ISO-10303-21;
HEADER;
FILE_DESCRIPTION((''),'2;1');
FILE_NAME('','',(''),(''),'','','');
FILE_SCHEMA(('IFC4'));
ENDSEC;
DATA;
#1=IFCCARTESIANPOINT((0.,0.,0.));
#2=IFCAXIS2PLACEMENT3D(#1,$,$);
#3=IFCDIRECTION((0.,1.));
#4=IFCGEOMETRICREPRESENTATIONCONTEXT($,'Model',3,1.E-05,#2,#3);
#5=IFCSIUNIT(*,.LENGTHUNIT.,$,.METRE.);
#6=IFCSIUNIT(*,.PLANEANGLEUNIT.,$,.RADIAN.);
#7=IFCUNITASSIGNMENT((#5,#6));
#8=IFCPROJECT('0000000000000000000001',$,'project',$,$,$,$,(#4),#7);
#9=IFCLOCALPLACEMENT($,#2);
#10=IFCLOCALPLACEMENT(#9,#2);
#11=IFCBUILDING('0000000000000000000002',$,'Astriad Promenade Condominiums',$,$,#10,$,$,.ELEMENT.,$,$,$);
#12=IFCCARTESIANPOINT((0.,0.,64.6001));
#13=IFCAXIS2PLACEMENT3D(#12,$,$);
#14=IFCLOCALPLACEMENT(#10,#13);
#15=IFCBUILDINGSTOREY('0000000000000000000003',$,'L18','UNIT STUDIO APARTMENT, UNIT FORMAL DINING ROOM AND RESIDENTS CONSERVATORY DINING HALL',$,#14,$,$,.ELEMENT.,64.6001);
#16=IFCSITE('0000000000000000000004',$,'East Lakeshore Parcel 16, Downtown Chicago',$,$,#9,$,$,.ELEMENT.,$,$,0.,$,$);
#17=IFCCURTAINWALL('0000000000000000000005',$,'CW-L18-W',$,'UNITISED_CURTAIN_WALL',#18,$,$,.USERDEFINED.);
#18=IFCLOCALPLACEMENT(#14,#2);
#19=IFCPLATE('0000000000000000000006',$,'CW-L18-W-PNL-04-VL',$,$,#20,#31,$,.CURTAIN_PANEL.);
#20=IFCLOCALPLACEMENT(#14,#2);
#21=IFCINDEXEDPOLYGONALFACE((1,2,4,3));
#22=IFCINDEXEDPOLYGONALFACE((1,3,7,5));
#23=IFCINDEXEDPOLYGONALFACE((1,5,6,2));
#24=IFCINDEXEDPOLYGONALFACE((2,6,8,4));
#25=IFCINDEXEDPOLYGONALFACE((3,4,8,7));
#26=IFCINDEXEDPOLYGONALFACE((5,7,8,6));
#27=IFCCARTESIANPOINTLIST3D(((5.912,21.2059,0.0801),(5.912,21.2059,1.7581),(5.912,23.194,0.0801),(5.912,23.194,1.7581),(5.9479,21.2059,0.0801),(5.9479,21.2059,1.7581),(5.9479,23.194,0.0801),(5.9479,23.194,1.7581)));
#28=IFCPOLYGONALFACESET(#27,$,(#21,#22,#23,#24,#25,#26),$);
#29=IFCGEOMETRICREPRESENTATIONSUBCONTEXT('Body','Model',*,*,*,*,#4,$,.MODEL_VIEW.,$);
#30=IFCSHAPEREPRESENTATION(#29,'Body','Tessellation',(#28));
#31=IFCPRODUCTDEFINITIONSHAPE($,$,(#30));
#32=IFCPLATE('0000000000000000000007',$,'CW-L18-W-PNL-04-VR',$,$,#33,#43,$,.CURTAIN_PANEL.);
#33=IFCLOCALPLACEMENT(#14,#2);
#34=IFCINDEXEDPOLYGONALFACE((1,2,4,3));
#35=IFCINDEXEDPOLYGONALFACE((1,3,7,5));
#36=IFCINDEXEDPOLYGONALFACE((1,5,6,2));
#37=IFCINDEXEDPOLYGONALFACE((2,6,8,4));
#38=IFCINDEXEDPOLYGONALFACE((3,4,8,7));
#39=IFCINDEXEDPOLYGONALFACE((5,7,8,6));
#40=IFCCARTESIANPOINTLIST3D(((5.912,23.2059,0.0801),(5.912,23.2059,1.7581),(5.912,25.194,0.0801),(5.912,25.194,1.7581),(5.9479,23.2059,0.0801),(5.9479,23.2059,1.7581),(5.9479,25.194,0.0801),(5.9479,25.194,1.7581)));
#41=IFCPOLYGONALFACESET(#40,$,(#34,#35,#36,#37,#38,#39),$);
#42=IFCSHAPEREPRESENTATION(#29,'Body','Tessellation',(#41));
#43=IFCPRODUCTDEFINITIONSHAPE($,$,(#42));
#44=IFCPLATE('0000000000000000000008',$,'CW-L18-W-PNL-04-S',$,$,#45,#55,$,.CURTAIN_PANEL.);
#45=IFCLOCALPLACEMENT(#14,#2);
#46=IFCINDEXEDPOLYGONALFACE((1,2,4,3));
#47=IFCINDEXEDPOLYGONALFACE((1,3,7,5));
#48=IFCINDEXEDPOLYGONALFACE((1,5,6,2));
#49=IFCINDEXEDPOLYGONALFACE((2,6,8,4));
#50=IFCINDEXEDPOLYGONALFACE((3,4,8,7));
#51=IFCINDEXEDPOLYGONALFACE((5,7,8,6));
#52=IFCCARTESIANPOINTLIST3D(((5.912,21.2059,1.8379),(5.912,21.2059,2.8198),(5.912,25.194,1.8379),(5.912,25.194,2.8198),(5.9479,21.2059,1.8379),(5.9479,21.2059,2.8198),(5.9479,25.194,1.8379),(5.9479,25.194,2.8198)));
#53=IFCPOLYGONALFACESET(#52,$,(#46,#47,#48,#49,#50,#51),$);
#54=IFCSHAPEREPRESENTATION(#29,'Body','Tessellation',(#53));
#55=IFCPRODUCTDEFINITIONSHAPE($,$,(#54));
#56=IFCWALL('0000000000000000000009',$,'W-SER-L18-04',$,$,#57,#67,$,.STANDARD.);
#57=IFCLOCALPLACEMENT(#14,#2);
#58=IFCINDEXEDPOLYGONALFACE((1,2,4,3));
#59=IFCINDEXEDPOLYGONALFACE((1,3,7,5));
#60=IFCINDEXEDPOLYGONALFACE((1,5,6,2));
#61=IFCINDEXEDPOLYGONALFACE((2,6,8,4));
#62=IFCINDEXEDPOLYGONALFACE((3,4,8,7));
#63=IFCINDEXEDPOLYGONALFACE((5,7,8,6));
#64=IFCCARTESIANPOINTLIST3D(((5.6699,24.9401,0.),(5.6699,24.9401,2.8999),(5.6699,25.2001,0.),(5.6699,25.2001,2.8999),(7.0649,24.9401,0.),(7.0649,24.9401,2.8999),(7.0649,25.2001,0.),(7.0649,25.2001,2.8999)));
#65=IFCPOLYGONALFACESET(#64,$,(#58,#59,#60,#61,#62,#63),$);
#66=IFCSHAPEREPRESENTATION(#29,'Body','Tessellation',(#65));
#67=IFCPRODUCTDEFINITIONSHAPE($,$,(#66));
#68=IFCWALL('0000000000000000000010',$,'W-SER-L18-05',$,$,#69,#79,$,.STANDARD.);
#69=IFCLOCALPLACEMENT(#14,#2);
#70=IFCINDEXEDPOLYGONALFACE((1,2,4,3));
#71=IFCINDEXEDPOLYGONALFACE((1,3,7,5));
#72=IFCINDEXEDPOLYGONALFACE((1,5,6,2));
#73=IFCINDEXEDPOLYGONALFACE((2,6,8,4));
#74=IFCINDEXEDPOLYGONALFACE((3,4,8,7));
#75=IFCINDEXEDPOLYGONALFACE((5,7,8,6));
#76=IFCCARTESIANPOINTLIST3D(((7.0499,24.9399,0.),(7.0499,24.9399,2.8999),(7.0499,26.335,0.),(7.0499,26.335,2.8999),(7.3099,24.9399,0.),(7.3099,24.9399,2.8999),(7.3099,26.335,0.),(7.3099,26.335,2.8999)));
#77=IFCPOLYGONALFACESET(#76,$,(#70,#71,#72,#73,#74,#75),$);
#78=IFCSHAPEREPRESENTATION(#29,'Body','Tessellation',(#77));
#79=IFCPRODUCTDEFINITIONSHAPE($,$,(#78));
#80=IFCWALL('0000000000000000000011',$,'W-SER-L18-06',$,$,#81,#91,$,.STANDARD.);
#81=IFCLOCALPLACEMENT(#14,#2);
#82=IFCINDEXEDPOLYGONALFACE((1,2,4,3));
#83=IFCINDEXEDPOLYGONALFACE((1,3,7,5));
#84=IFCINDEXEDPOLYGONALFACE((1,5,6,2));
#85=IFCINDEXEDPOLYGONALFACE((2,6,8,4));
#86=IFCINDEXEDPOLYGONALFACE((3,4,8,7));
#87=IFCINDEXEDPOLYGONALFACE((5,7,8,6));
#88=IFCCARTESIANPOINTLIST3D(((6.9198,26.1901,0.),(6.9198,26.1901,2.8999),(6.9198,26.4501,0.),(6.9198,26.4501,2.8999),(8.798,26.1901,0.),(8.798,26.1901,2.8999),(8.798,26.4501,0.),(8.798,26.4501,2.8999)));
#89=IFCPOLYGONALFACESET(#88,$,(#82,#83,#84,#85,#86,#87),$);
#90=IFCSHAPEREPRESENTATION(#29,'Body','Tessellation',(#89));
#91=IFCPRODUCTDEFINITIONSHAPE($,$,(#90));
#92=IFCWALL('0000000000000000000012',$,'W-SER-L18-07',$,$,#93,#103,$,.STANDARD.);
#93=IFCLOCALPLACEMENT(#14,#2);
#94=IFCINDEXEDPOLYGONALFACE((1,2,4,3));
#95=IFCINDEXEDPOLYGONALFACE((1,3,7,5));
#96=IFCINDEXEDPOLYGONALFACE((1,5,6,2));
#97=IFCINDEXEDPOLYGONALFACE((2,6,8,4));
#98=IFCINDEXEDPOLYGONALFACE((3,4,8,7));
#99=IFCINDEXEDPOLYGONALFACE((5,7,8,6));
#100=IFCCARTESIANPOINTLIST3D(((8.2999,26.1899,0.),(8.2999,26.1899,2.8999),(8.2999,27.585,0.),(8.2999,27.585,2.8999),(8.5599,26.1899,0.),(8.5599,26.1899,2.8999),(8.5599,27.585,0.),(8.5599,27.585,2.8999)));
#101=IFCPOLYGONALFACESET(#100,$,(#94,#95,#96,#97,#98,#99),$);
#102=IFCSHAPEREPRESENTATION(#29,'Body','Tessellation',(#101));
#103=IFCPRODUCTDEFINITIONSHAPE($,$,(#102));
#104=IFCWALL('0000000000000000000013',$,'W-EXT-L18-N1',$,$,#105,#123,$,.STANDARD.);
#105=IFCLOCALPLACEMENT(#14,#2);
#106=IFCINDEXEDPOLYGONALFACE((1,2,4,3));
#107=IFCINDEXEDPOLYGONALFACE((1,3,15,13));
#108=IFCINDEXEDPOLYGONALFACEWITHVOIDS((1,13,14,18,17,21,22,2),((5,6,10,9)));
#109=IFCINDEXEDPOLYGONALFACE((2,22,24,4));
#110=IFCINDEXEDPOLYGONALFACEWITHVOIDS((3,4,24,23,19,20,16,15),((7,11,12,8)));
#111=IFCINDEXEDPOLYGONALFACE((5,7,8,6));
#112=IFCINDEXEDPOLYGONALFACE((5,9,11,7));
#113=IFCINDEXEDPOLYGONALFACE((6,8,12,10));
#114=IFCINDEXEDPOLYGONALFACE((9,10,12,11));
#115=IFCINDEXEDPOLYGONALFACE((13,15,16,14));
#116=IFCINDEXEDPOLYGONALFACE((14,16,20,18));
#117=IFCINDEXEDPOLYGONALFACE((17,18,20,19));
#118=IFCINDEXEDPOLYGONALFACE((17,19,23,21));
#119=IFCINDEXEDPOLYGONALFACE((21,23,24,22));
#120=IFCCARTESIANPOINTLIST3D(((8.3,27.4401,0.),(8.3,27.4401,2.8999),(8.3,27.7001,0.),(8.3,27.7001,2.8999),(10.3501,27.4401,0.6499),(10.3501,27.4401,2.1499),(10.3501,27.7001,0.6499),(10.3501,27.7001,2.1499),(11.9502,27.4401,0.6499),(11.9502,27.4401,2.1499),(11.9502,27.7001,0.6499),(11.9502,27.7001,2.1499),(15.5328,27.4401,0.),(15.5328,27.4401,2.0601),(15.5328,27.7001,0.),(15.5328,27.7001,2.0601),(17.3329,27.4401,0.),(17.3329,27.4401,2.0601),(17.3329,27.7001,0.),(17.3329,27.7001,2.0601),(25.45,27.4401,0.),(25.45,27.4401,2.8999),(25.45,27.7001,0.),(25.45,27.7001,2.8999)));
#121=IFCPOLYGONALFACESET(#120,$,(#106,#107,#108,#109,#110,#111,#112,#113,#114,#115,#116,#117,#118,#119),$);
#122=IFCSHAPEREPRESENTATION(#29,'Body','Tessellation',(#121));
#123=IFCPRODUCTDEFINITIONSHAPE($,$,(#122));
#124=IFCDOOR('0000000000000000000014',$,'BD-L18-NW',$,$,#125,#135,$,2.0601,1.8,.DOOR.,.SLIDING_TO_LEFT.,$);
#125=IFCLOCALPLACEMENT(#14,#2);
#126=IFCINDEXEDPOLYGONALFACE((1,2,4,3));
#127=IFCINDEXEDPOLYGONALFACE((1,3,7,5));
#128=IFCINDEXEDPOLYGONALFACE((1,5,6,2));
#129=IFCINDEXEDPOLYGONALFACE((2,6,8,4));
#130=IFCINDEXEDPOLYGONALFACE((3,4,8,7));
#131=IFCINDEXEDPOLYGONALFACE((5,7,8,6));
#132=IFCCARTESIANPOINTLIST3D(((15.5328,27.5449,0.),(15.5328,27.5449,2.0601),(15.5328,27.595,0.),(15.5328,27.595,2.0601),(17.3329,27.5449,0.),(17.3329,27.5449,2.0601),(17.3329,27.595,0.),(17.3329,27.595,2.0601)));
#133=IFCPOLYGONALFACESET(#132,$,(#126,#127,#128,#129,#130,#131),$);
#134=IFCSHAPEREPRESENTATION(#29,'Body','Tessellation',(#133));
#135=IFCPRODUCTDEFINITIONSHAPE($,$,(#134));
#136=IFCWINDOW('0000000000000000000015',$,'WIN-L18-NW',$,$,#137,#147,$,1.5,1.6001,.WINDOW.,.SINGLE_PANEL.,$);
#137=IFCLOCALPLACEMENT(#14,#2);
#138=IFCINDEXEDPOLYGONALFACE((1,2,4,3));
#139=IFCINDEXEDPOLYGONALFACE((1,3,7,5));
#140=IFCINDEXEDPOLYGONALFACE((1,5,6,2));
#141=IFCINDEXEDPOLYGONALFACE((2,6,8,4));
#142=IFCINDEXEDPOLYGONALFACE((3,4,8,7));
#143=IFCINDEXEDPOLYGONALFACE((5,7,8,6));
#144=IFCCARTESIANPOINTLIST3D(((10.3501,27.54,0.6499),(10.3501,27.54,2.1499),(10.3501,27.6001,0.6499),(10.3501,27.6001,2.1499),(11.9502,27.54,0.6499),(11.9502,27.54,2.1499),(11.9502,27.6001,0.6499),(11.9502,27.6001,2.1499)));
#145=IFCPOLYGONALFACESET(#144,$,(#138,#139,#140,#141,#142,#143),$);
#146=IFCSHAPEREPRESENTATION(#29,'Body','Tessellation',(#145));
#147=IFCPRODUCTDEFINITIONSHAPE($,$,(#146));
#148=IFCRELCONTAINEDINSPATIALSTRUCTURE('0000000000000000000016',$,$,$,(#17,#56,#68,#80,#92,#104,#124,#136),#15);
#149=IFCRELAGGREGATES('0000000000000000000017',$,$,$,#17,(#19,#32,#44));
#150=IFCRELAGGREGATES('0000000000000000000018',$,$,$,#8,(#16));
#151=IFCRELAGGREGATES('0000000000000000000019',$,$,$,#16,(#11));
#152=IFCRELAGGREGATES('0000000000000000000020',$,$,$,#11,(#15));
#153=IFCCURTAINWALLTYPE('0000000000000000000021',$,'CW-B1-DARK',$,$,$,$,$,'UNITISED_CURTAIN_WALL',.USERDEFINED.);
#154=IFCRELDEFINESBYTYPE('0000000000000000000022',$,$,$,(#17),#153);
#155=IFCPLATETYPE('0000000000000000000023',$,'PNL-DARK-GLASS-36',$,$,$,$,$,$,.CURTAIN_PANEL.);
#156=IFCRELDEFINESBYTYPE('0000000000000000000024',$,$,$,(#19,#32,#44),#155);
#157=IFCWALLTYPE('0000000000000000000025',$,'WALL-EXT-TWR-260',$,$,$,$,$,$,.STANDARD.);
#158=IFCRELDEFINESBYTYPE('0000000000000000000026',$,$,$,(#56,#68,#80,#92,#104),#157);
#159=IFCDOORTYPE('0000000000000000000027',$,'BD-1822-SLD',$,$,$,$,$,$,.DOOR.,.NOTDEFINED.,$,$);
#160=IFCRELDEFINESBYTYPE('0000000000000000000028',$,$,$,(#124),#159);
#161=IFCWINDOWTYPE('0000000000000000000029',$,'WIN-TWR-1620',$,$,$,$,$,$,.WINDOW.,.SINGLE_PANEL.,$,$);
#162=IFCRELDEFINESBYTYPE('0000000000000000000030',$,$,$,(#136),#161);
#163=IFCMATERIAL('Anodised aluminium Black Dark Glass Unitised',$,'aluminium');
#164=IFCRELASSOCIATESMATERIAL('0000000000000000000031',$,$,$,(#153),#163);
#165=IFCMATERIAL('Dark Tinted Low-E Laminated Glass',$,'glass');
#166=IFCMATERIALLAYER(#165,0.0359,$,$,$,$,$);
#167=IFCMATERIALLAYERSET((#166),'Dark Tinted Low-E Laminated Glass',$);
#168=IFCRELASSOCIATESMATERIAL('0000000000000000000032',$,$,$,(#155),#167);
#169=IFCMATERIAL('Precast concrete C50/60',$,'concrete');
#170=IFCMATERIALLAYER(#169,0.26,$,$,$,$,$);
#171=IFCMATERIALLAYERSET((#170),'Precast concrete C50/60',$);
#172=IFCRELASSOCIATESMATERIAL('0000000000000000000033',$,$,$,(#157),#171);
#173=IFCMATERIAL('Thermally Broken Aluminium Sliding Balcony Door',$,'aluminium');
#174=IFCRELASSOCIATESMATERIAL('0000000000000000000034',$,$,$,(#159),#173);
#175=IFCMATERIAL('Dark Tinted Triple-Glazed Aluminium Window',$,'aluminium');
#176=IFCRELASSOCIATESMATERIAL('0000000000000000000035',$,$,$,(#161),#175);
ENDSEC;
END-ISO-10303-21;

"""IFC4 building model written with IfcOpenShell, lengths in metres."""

from ifc_helpers import new_model, si_unit, direction, frame, frame_2d, origin, origin_2d, place, context, subcontext, project, spatial, rectangle, extrude, source, transform, mapped, material, layer, layer_set, type_object, type_shapes, element, fill, aggregate, save


model = new_model("IFC4")

# Units and contexts
model_context = context("Model", 3, precision=1e-05, world=origin(), true_north=direction((0.0, 1.0)))
body_context = subcontext(model_context, "Body", "Model", "MODEL_VIEW")
ifc_project = project(units=[si_unit("LENGTHUNIT", "METRE"), si_unit("PLANEANGLEUNIT", "RADIAN")], contexts=[model_context])

# Site, building, storey
site_placement = place(None, origin())
site = spatial("IfcSite", under=ifc_project, at=site_placement, Name="East Lakeshore Parcel 16, Downtown Chicago", CompositionType="ELEMENT", RefElevation=0.0)
building_placement = place(site_placement, origin())
building = spatial("IfcBuilding", under=site, at=building_placement, Name="Astriad Promenade Condominiums", CompositionType="ELEMENT")
storey_placement = place(building_placement, frame((0.0, 0.0, 64.6001)))
storey = spatial("IfcBuildingStorey", under=building, at=storey_placement, Name="L18", Description="UNIT STUDIO APARTMENT, UNIT FORMAL DINING ROOM AND RESIDENTS CONSERVATORY DINING HALL", CompositionType="ELEMENT", Elevation=64.6001)

# Curtain wall, plates
ifc_material_1 = material(Name="Anodised aluminium Black Dark Glass Unitised", Category="aluminium")
curtain_wall_type = type_object("IfcCurtainWallType", Name="CW-B1-DARK", ElementType="UNITISED_CURTAIN_WALL", PredefinedType="USERDEFINED", material=ifc_material_1)
curtain_wall_placement = place(storey_placement, origin())
curtain_wall = element("IfcCurtainWall", 1, at=curtain_wall_placement, inside=storey, type_object=curtain_wall_type, Name="CW-L18-W", ObjectType="UNITISED_CURTAIN_WALL", PredefinedType="USERDEFINED")
ifc_material_2 = material(Name="Dark Tinted Low-E Laminated Glass", Category="glass")
ifc_layer_1 = layer(ifc_material_2, 0.0359)
ifc_layer_set_1 = layer_set([ifc_layer_1], Name="Dark Tinted Low-E Laminated Glass")
plate_type = type_object("IfcPlateType", Name="PNL-DARK-GLASS-36", PredefinedType="CURTAIN_PANEL", material=ifc_layer_set_1)
shared_shape_1 = source(origin(), body_context, "Body", "SweptSolid", [
    extrude(rectangle(XDim=1.988, YDim=0.0359, at=origin_2d()), origin(), (0.0, 0.0, 1.0), 1.678),
])
plate_1_placement = place(storey_placement, frame((5.9299, 22.2, 0.0801), z_axis=(0.0, 0.0, 1.0), x_axis=(0.0, 1.0, 0.0)))
plate_1 = element("IfcPlate", 2, at=plate_1_placement, type_object=plate_type, Name="CW-L18-W-PNL-04-VL", PredefinedType="CURTAIN_PANEL", context=body_context, shape_type="MappedRepresentation", body=[
    mapped(shared_shape_1, transform((0.0, 0.0, 0.0), scale=1.0)),
])
plate_2_placement = place(storey_placement, frame((5.9299, 24.2, 0.0801), z_axis=(0.0, 0.0, 1.0), x_axis=(0.0, 1.0, 0.0)))
plate_2 = element("IfcPlate", 3, at=plate_2_placement, type_object=plate_type, Name="CW-L18-W-PNL-04-VR", PredefinedType="CURTAIN_PANEL", context=body_context, shape_type="MappedRepresentation", body=[
    mapped(shared_shape_1, transform((0.0, 0.0, 0.0), scale=1.0)),
])
shared_shape_2 = source(origin(), body_context, "Body", "SweptSolid", [
    extrude(rectangle(XDim=3.988, YDim=0.0359, at=origin_2d()), origin(), (0.0, 0.0, 1.0), 0.9819),
])
type_shapes(plate_type, [shared_shape_1, shared_shape_2])
plate_3_placement = place(storey_placement, frame((5.9299, 23.2, 1.8379), z_axis=(0.0, 0.0, 1.0), x_axis=(0.0, 1.0, 0.0)))
plate_3 = element("IfcPlate", 4, at=plate_3_placement, type_object=plate_type, Name="CW-L18-W-PNL-04-S", PredefinedType="CURTAIN_PANEL", context=body_context, shape_type="MappedRepresentation", body=[
    mapped(shared_shape_2, transform((0.0, 0.0, 0.0), scale=1.0)),
])
aggregate(curtain_wall, [plate_1, plate_2, plate_3])

# Walls
ifc_material_3 = material(Name="Precast concrete C50/60", Category="concrete")
ifc_layer_2 = layer(ifc_material_3, 0.26)
ifc_layer_set_2 = layer_set([ifc_layer_2], Name="Precast concrete C50/60")
wall_type_1 = type_object("IfcWallType", Name="WALL-EXT-TWR-260", PredefinedType="STANDARD", material=ifc_layer_set_2)
for number, where, z_axis, x_axis, name in (
    (5, (5.6699, 25.0701, 0.0), (0.0, 0.0, 1.0), (1.0, 0.0, 0.0), "W-SER-L18-04"),
    (6, (7.1799, 24.9399, 0.0), (0.0, 0.0, 1.0), (0.0, 1.0, 0.0), "W-SER-L18-05"),
):
    element("IfcWall", number, at=place(storey_placement, frame(where, z_axis=z_axis, x_axis=x_axis)), inside=storey, type_object=wall_type_1, Name=name, PredefinedType="STANDARD", context=body_context, shape_type="SweptSolid", body=[
        extrude(rectangle(XDim=1.395, YDim=0.26, at=frame_2d((0.6975, 0.0))), origin(), (0.0, 0.0, 1.0), 2.8999),
    ])
wall_1_placement = place(storey_placement, frame((6.9199, 26.3201, 0.0), z_axis=(0.0, 0.0, 1.0), x_axis=(1.0, 0.0, 0.0)))
element("IfcWall", 7, at=wall_1_placement, inside=storey, type_object=wall_type_1, Name="W-SER-L18-06", PredefinedType="STANDARD", context=body_context, shape_type="SweptSolid", body=[
    extrude(rectangle(XDim=1.8782, YDim=0.26, at=frame_2d((0.939, 0.0))), origin(), (0.0, 0.0, 1.0), 2.8999),
])
wall_2_placement = place(storey_placement, frame((8.4299, 26.1899, 0.0), z_axis=(0.0, 0.0, 1.0), x_axis=(0.0, 1.0, 0.0)))
element("IfcWall", 8, at=wall_2_placement, inside=storey, type_object=wall_type_1, Name="W-SER-L18-07", PredefinedType="STANDARD", context=body_context, shape_type="SweptSolid", body=[
    extrude(rectangle(XDim=1.395, YDim=0.26, at=frame_2d((0.6975, 0.0))), origin(), (0.0, 0.0, 1.0), 2.8999),
])

# Wall, openings, door, window
wall_3_placement = place(storey_placement, frame((8.3, 27.5701, 0.0), z_axis=(0.0, 0.0, 1.0), x_axis=(1.0, 0.0, 0.0)))
wall_3 = element("IfcWall", 9, at=wall_3_placement, inside=storey, type_object=wall_type_1, Name="W-EXT-L18-N1", PredefinedType="STANDARD", context=body_context, shape_type="SweptSolid", body=[
    extrude(rectangle(XDim=17.1499, YDim=0.26, at=frame_2d((8.575, 0.0))), origin(), (0.0, 0.0, 1.0), 2.8999),
])
opening_1_placement = place(wall_3_placement, frame((7.2329, 0.0, 0.0)))
opening_1 = element("IfcOpeningElement", 10, at=opening_1_placement, cuts=wall_3, PredefinedType="OPENING", context=body_context, shape_type="SweptSolid", body=[
    extrude(rectangle(XDim=1.8, YDim=2.0601, at=frame_2d((0.8999, 1.03))), frame((0.0, 0.1399, 0.0), z_axis=(0.0, -1.0, 0.0), x_axis=(1.0, 0.0, 0.0)), (0.0, 0.0, 1.0), 0.28),
])
opening_2_placement = place(wall_3_placement, frame((2.05, 0.0, 0.6499)))
opening_2 = element("IfcOpeningElement", 11, at=opening_2_placement, cuts=wall_3, PredefinedType="OPENING", context=body_context, shape_type="SweptSolid", body=[
    extrude(rectangle(XDim=1.6001, YDim=1.5, at=frame_2d((0.8, 0.75))), frame((0.0, 0.1399, 0.0), z_axis=(0.0, -1.0, 0.0), x_axis=(1.0, 0.0, 0.0)), (0.0, 0.0, 1.0), 0.28),
])
ifc_material_4 = material(Name="Thermally Broken Aluminium Sliding Balcony Door", Category="aluminium")
door_type_1 = type_object("IfcDoorType", Name="BD-1822-SLD", OperationType="NOTDEFINED", PredefinedType="DOOR", material=ifc_material_4)
shared_shape_3 = source(origin(), body_context, "Body", "SweptSolid", [
    extrude(rectangle(XDim=1.8, YDim=2.0601, at=frame_2d((0.8999, 1.03))), frame((0.0, 0.0249, 0.0), z_axis=(0.0, -1.0, 0.0), x_axis=(1.0, 0.0, 0.0)), (0.0, 0.0, 1.0), 0.05),
])
type_shapes(door_type_1, [shared_shape_3])
door_1_placement = place(opening_1_placement, origin())
door_1 = element("IfcDoor", 12, at=door_1_placement, inside=storey, type_object=door_type_1, Name="BD-L18-NW", OperationType="SLIDING_TO_LEFT", OverallHeight=2.0601, OverallWidth=1.8, PredefinedType="DOOR", context=body_context, shape_type="MappedRepresentation", body=[
    mapped(shared_shape_3, transform((0.0, 0.0, 0.0), scale=1.0)),
])
fill(opening_1, door_1)
ifc_material_5 = material(Name="Dark Tinted Triple-Glazed Aluminium Window", Category="aluminium")
window_type = type_object("IfcWindowType", Name="WIN-TWR-1620", PartitioningType="SINGLE_PANEL", PredefinedType="WINDOW", material=ifc_material_5)
shared_shape_4 = source(origin(), body_context, "Body", "SweptSolid", [
    extrude(rectangle(XDim=1.6001, YDim=1.5, at=frame_2d((0.8, 0.75))), frame((0.0, 0.03, 0.0), z_axis=(0.0, -1.0, 0.0), x_axis=(1.0, 0.0, 0.0)), (0.0, 0.0, 1.0), 0.0601),
])
type_shapes(window_type, [shared_shape_4])
window_placement = place(opening_2_placement, origin())
window = element("IfcWindow", 13, at=window_placement, inside=storey, type_object=window_type, Name="WIN-L18-NW", OverallHeight=1.5, OverallWidth=1.6001, PartitioningType="SINGLE_PANEL", PredefinedType="WINDOW", context=body_context, shape_type="MappedRepresentation", body=[
    mapped(shared_shape_4, transform((0.0, 0.0, 0.0), scale=1.0)),
])
fill(opening_2, window)

save(model, "model.ifc")
